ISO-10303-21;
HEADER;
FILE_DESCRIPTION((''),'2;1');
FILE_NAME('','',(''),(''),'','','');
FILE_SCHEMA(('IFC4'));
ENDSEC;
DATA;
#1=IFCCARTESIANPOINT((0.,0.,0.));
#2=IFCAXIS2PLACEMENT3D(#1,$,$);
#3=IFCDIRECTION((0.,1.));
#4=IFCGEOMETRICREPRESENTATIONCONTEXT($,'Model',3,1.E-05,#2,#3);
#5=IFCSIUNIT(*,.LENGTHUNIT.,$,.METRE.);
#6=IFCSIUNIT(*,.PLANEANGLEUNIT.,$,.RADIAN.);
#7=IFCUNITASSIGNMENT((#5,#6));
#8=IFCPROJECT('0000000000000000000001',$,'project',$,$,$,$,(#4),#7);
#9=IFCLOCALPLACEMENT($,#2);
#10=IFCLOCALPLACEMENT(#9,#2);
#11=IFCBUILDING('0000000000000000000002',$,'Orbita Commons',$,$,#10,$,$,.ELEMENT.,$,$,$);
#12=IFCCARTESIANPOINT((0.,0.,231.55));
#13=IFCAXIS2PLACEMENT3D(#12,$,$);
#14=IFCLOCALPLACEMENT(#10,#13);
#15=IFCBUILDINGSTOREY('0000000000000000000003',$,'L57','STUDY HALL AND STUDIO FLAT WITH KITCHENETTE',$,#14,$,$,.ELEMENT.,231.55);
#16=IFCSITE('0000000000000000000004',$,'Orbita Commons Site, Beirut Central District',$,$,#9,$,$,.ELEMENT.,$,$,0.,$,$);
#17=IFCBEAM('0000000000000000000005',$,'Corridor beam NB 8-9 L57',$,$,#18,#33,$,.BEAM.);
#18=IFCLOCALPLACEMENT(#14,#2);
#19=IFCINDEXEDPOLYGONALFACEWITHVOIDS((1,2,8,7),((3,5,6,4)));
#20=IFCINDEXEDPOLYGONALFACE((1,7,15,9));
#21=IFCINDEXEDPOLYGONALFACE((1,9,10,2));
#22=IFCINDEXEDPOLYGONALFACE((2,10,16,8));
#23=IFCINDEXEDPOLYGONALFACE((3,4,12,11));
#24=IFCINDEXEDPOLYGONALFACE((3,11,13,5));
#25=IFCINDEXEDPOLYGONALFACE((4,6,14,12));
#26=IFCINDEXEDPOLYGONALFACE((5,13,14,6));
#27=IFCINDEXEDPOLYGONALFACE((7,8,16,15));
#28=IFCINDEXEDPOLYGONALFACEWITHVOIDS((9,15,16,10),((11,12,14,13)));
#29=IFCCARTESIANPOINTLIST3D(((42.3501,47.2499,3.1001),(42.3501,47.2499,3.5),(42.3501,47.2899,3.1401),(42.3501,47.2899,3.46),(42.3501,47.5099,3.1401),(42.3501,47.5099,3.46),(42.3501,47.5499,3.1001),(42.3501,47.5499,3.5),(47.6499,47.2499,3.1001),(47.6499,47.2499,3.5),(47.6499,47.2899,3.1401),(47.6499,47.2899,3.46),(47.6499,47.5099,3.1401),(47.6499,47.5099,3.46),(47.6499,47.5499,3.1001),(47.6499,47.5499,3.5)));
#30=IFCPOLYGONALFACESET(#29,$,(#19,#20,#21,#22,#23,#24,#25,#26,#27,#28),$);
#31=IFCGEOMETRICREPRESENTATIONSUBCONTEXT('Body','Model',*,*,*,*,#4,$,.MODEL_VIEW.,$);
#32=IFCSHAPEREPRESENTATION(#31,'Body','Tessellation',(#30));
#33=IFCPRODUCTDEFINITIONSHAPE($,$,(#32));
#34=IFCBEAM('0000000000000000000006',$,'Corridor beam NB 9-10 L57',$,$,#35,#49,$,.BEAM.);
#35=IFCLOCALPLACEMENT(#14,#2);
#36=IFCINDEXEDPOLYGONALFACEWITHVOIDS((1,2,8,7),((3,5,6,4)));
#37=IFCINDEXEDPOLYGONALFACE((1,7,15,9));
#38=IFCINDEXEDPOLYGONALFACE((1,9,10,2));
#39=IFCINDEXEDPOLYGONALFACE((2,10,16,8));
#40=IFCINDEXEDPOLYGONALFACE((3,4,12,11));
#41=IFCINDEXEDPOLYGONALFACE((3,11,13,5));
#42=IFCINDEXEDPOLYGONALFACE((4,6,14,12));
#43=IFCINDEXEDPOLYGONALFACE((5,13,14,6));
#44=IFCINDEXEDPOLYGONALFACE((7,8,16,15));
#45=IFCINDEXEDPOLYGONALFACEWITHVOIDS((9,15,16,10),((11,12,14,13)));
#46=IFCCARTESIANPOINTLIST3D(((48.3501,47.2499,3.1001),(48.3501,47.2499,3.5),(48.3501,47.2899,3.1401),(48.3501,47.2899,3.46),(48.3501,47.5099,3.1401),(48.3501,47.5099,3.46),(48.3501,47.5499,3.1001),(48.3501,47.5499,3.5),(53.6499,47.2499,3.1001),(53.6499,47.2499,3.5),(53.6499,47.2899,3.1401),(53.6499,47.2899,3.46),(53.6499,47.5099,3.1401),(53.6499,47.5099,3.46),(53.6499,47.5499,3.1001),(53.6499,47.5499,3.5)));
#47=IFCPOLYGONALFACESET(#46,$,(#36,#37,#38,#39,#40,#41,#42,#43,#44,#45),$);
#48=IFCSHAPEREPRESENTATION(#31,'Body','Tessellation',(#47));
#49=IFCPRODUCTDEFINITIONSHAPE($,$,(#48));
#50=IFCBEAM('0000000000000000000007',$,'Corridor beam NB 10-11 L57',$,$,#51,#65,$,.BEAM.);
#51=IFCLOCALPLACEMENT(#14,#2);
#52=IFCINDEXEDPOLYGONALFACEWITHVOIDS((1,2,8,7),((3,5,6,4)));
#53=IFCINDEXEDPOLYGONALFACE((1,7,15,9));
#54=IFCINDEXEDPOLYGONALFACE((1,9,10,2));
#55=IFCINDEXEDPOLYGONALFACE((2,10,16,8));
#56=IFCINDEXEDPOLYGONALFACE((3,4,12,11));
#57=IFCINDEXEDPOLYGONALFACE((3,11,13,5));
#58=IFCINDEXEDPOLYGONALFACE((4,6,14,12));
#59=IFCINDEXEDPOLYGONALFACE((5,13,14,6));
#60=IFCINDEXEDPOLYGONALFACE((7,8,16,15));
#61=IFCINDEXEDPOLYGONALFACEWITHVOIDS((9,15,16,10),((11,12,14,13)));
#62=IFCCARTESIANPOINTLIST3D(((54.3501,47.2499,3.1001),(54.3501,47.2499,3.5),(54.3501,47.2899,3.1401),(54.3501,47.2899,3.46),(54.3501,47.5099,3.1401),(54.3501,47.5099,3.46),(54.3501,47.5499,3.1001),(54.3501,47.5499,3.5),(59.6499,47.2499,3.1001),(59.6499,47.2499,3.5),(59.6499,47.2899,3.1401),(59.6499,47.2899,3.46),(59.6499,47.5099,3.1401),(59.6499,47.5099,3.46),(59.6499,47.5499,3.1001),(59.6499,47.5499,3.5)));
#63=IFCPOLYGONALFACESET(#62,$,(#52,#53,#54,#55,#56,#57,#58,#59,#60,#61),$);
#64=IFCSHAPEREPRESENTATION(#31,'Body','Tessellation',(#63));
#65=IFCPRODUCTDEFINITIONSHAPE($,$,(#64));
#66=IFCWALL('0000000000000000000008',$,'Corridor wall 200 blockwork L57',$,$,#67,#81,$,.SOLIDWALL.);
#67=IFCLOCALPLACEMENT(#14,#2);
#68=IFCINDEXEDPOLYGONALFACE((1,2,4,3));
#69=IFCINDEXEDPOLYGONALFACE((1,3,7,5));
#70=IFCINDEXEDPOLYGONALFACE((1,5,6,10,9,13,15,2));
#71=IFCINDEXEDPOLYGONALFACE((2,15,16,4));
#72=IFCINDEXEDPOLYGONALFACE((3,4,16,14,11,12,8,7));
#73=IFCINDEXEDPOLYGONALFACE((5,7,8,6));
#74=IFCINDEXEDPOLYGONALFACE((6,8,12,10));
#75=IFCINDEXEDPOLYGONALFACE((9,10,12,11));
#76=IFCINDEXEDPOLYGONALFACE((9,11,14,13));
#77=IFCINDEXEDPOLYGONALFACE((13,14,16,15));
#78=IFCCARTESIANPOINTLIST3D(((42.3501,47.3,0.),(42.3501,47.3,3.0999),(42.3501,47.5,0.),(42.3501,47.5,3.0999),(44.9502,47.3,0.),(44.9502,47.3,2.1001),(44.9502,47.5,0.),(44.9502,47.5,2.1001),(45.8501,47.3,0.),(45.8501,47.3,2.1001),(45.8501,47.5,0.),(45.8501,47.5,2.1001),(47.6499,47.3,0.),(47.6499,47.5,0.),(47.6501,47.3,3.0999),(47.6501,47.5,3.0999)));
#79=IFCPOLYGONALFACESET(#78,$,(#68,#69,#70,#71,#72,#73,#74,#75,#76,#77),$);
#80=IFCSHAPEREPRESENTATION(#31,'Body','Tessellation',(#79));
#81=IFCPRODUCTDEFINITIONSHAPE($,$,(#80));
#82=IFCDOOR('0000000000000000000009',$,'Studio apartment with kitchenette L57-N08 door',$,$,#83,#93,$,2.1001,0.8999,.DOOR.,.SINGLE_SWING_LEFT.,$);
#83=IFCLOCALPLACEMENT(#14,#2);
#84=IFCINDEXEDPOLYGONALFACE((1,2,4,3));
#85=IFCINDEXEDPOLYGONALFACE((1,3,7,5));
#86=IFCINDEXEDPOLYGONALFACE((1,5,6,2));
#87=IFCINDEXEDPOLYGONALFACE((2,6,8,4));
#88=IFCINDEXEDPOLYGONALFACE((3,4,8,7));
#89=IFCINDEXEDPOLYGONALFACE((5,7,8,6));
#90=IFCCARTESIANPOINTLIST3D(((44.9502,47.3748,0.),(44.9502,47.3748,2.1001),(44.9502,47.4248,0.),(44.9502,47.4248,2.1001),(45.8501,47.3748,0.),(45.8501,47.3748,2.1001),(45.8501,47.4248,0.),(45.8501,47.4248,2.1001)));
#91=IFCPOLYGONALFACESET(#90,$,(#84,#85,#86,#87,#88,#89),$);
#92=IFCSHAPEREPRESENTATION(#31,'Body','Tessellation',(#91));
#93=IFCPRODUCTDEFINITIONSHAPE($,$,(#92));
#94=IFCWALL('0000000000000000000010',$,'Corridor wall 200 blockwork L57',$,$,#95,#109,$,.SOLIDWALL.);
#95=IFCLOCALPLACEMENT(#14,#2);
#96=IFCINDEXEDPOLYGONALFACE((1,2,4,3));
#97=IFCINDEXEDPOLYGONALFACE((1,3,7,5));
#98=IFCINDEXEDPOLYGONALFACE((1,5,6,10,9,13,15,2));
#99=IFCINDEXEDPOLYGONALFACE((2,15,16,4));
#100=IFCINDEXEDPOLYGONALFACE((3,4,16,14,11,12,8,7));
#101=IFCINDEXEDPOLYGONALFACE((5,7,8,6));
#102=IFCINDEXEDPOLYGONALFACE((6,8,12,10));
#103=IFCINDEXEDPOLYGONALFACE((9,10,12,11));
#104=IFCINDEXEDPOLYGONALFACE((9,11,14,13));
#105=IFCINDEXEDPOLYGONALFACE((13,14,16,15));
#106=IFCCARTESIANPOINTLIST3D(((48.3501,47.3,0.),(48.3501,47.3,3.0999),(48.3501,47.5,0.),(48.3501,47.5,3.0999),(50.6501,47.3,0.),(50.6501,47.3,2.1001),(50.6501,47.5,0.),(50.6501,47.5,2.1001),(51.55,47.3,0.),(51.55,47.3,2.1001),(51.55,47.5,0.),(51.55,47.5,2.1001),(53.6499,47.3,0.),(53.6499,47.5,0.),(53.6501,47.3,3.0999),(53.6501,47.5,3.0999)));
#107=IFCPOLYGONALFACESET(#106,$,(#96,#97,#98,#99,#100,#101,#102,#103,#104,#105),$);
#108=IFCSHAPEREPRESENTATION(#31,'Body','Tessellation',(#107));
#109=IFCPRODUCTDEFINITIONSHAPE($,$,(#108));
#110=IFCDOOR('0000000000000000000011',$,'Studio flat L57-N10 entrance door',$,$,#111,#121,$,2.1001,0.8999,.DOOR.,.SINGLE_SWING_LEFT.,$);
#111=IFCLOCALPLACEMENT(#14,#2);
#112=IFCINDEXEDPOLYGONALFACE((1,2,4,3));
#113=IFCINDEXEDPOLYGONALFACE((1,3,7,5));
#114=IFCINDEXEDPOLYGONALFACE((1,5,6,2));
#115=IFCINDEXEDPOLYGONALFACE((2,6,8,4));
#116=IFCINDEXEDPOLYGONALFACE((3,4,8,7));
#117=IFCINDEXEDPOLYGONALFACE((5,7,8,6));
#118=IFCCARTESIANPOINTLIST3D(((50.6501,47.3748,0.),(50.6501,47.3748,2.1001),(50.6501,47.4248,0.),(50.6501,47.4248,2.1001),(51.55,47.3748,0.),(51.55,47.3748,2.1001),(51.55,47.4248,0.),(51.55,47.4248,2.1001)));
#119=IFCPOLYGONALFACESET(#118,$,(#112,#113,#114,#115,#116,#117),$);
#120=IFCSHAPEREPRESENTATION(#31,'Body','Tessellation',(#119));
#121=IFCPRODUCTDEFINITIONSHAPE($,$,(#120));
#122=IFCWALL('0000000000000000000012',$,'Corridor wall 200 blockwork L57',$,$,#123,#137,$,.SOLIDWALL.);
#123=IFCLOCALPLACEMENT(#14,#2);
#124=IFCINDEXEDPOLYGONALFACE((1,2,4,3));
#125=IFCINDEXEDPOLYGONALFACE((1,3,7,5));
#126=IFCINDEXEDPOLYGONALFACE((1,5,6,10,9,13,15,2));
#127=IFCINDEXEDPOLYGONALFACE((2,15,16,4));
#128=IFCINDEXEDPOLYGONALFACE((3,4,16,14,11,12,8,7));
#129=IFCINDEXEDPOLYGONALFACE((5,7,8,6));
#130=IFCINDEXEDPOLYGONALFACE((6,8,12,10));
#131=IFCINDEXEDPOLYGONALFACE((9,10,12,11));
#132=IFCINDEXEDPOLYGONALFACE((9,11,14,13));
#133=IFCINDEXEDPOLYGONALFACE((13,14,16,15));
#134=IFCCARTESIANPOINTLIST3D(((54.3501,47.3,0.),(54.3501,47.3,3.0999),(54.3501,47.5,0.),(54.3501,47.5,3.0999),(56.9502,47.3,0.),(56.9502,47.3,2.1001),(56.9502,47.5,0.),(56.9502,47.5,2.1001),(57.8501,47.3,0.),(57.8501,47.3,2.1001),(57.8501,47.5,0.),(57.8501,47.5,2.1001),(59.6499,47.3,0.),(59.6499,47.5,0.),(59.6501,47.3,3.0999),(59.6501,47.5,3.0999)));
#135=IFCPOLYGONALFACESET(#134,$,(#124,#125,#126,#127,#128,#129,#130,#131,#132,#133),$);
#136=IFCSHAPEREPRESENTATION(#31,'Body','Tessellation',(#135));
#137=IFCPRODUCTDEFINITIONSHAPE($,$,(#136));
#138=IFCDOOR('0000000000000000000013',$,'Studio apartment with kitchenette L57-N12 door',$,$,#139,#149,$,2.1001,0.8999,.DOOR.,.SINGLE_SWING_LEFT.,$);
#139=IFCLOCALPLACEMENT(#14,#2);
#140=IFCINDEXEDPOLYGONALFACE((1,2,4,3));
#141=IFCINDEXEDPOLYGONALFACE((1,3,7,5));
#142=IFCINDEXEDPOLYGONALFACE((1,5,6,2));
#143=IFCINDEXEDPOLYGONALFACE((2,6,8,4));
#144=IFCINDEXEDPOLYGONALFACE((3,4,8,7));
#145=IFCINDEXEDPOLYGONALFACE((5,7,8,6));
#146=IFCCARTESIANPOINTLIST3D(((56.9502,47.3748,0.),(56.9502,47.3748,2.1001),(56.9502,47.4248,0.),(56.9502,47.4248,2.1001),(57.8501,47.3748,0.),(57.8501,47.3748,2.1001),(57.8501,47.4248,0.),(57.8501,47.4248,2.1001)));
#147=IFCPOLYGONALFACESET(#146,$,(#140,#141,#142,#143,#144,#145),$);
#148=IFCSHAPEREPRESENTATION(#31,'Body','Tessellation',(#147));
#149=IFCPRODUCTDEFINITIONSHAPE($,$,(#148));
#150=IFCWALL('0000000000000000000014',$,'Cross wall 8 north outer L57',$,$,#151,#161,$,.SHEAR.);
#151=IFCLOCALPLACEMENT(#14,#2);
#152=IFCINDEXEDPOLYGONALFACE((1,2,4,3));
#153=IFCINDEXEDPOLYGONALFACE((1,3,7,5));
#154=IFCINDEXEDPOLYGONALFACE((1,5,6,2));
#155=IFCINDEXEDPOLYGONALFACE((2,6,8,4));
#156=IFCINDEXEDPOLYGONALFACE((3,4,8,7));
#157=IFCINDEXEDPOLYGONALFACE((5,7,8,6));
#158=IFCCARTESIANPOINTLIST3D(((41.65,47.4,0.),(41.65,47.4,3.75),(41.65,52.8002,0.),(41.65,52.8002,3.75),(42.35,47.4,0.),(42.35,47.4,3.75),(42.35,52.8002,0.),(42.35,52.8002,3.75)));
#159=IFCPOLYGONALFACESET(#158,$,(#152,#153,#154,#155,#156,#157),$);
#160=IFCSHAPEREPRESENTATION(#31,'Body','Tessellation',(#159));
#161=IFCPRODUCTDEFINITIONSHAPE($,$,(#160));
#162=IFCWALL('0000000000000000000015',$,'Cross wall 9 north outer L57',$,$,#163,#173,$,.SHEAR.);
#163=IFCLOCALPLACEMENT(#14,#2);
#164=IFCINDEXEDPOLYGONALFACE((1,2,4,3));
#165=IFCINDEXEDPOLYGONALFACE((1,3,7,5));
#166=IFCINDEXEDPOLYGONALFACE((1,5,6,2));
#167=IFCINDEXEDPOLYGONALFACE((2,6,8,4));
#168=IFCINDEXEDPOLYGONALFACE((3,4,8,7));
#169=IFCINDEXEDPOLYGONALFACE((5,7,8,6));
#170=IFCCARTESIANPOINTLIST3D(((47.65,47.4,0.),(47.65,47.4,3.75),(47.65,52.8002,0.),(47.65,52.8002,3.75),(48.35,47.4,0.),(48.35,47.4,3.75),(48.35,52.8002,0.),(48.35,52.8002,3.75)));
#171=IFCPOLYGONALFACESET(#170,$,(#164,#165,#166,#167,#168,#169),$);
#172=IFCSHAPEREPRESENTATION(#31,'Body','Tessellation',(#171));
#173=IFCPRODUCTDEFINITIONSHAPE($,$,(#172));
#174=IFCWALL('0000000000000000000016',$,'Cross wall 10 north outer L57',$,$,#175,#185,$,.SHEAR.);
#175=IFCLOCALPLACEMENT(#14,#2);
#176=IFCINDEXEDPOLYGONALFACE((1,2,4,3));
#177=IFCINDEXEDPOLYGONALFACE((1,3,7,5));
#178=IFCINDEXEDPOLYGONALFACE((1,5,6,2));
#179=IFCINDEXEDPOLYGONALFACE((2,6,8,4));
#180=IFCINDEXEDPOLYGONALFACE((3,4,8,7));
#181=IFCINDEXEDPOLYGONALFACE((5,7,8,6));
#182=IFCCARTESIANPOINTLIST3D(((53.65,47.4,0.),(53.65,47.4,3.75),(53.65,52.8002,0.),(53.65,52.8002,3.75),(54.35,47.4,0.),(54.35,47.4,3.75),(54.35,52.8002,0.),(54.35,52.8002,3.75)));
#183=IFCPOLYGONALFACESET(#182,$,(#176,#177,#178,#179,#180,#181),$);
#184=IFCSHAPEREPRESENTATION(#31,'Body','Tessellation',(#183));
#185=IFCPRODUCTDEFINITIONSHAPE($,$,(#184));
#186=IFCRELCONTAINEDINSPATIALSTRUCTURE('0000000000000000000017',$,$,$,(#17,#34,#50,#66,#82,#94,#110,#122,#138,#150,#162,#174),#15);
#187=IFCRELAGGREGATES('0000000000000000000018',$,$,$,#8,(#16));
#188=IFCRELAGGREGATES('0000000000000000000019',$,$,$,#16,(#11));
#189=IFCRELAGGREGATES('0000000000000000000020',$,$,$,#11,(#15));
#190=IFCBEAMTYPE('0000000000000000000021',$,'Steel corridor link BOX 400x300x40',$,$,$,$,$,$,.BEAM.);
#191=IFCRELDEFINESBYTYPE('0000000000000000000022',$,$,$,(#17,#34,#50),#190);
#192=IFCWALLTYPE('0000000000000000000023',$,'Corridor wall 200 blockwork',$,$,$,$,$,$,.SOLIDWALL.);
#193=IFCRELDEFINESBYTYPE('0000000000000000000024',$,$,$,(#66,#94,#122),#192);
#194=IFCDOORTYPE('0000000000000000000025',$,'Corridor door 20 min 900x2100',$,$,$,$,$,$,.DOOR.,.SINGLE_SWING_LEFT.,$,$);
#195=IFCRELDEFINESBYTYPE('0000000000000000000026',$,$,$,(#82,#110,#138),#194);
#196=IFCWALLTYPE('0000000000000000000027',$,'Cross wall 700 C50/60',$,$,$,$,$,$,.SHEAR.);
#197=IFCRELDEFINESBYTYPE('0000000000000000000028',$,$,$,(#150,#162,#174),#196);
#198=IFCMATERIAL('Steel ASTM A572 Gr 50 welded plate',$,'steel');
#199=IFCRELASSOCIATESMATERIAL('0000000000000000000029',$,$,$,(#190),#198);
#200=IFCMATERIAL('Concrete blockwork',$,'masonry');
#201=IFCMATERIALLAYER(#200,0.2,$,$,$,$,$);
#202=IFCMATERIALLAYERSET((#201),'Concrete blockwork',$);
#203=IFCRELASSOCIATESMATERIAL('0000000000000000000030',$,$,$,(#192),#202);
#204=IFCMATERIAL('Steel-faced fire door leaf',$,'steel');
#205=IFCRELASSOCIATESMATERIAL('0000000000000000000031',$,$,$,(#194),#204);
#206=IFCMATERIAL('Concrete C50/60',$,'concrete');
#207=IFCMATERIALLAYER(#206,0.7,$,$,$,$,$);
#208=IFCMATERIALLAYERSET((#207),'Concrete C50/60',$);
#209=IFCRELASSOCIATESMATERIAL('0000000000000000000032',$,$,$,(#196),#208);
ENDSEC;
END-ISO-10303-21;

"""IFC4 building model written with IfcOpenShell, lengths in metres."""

from ifc_helpers import new_model, si_unit, direction, frame, frame_2d, origin, origin_2d, place, context, subcontext, project, spatial, polyline, rectangle, hollow_rectangle, outline, extrude, material, layer, layer_set, material_profile, profile_set, type_object, element, fill, save


model = new_model("IFC4")

# Units and contexts
model_context = context("Model", 3, precision=1e-05, world=origin(), true_north=direction((0.0, 1.0)))
body_context = subcontext(model_context, "Body", "Model", "MODEL_VIEW")
ifc_project = project(units=[si_unit("LENGTHUNIT", "METRE"), si_unit("PLANEANGLEUNIT", "RADIAN")], contexts=[model_context])

# Site, building, storey
site_placement = place(None, origin())
site = spatial("IfcSite", under=ifc_project, at=site_placement, Name="Orbita Commons Site, Beirut Central District", CompositionType="ELEMENT", RefElevation=0.0)
building_placement = place(site_placement, origin())
building = spatial("IfcBuilding", under=site, at=building_placement, Name="Orbita Commons", CompositionType="ELEMENT")
storey_placement = place(building_placement, frame((0.0, 0.0, 231.55)))
storey = spatial("IfcBuildingStorey", under=building, at=storey_placement, Name="L57", Description="STUDY HALL AND STUDIO FLAT WITH KITCHENETTE", CompositionType="ELEMENT", Elevation=231.55)

# Beams
ifc_material_1 = material(Name="Steel ASTM A572 Gr 50 welded plate", Category="steel")
ifc_material_profile = material_profile(ifc_material_1, hollow_rectangle(XDim=0.3, YDim=0.3999, WallThickness=0.04, at=origin_2d()), Name="BOX 400x300x40")
ifc_profile_set = profile_set([ifc_material_profile], Name="Steel ASTM A572 Gr 50 welded plate")
beam_type = type_object("IfcBeamType", Name="Steel corridor link BOX 400x300x40", PredefinedType="BEAM", material=ifc_profile_set)
for number, where, z_axis, x_axis, name in (
    (1, (42.3501, 47.3999, 3.3), (1.0, 0.0, 0.0), (0.0, 1.0, 0.0), "Corridor beam NB 8-9 L57"),
    (2, (48.3501, 47.3999, 3.3), (1.0, 0.0, 0.0), (0.0, 1.0, 0.0), "Corridor beam NB 9-10 L57"),
    (3, (54.3501, 47.3999, 3.3), (1.0, 0.0, 0.0), (0.0, 1.0, 0.0), "Corridor beam NB 10-11 L57"),
):
    element("IfcBeam", number, at=place(storey_placement, frame(where, z_axis=z_axis, x_axis=x_axis)), inside=storey, type_object=beam_type, Name=name, PredefinedType="BEAM", context=body_context, shape_type="SweptSolid", body=[
        extrude(hollow_rectangle(XDim=0.3, YDim=0.3999, WallThickness=0.04, at=origin_2d()), origin(), (0.0, 0.0, 1.0), 5.2998),
    ])

# Walls, openings, doors
ifc_material_2 = material(Name="Concrete blockwork", Category="masonry")
ifc_layer_1 = layer(ifc_material_2, 0.2)
ifc_layer_set_1 = layer_set([ifc_layer_1], Name="Concrete blockwork")
wall_type_1 = type_object("IfcWallType", Name="Corridor wall 200 blockwork", PredefinedType="SOLIDWALL", material=ifc_layer_set_1)
wall_1_placement = place(storey_placement, frame((42.3501, 47.3999, 0.0), z_axis=(0.0, 0.0, 1.0), x_axis=(1.0, 0.0, 0.0)))
wall_1 = element("IfcWall", 4, at=wall_1_placement, inside=storey, type_object=wall_type_1, Name="Corridor wall 200 blockwork L57", PredefinedType="SOLIDWALL", context=body_context, shape_type="SweptSolid", body=[
    extrude(outline(polyline([(0.0, 0.0), (5.2998, 0.0), (5.3, 3.0999), (0.0, 3.0999), (0.0, 0.0)])), frame((0.0, 0.1001, 0.0), z_axis=(0.0, -1.0, 0.0), x_axis=(1.0, 0.0, 0.0)), (0.0, 0.0, 1.0), 0.2),
])
opening_1_placement = place(wall_1_placement, frame((2.6001, 0.0, 0.0)))
opening_1 = element("IfcOpeningElement", 5, at=opening_1_placement, cuts=wall_1, PredefinedType="OPENING", context=body_context, shape_type="SweptSolid", body=[
    extrude(rectangle(XDim=0.8999, YDim=2.1001, at=frame_2d((0.45, 1.05))), frame((0.0, 0.1099, 0.0), z_axis=(0.0, -1.0, 0.0), x_axis=(1.0, 0.0, 0.0)), (0.0, 0.0, 1.0), 0.22),
])
ifc_material_3 = material(Name="Steel-faced fire door leaf", Category="steel")
door_type_1 = type_object("IfcDoorType", Name="Corridor door 20 min 900x2100", OperationType="SINGLE_SWING_LEFT", PredefinedType="DOOR", material=ifc_material_3)
door_1_placement = place(opening_1_placement, origin())
door_1 = element("IfcDoor", 6, at=door_1_placement, inside=storey, type_object=door_type_1, Name="Studio apartment with kitchenette L57-N08 door", OperationType="SINGLE_SWING_LEFT", OverallHeight=2.1001, OverallWidth=0.8999, PredefinedType="DOOR", context=body_context, shape_type="SweptSolid", body=[
    extrude(rectangle(XDim=0.8999, YDim=2.1001, at=frame_2d((0.45, 1.05))), frame((0.0, 0.0249, 0.0), z_axis=(0.0, -1.0, 0.0), x_axis=(1.0, 0.0, 0.0)), (0.0, 0.0, 1.0), 0.05),
])
fill(opening_1, door_1)
wall_2_placement = place(storey_placement, frame((48.3501, 47.3999, 0.0), z_axis=(0.0, 0.0, 1.0), x_axis=(1.0, 0.0, 0.0)))
wall_2 = element("IfcWall", 7, at=wall_2_placement, inside=storey, type_object=wall_type_1, Name="Corridor wall 200 blockwork L57", PredefinedType="SOLIDWALL", context=body_context, shape_type="SweptSolid", body=[
    extrude(outline(polyline([(0.0, 0.0), (5.2998, 0.0), (5.3, 3.0999), (0.0, 3.0999), (0.0, 0.0)])), frame((0.0, 0.1001, 0.0), z_axis=(0.0, -1.0, 0.0), x_axis=(1.0, 0.0, 0.0)), (0.0, 0.0, 1.0), 0.2),
])
opening_2_placement = place(wall_2_placement, frame((2.3, 0.0, 0.0)))
opening_2 = element("IfcOpeningElement", 8, at=opening_2_placement, cuts=wall_2, PredefinedType="OPENING", context=body_context, shape_type="SweptSolid", body=[
    extrude(rectangle(XDim=0.8999, YDim=2.1001, at=frame_2d((0.45, 1.05))), frame((0.0, 0.1099, 0.0), z_axis=(0.0, -1.0, 0.0), x_axis=(1.0, 0.0, 0.0)), (0.0, 0.0, 1.0), 0.22),
])
door_2_placement = place(opening_2_placement, origin())
door_2 = element("IfcDoor", 9, at=door_2_placement, inside=storey, type_object=door_type_1, Name="Studio flat L57-N10 entrance door", OperationType="SINGLE_SWING_LEFT", OverallHeight=2.1001, OverallWidth=0.8999, PredefinedType="DOOR", context=body_context, shape_type="SweptSolid", body=[
    extrude(rectangle(XDim=0.8999, YDim=2.1001, at=frame_2d((0.45, 1.05))), frame((0.0, 0.0249, 0.0), z_axis=(0.0, -1.0, 0.0), x_axis=(1.0, 0.0, 0.0)), (0.0, 0.0, 1.0), 0.05),
])
fill(opening_2, door_2)
wall_3_placement = place(storey_placement, frame((54.3501, 47.3999, 0.0), z_axis=(0.0, 0.0, 1.0), x_axis=(1.0, 0.0, 0.0)))
wall_3 = element("IfcWall", 10, at=wall_3_placement, inside=storey, type_object=wall_type_1, Name="Corridor wall 200 blockwork L57", PredefinedType="SOLIDWALL", context=body_context, shape_type="SweptSolid", body=[
    extrude(outline(polyline([(0.0, 0.0), (5.2998, 0.0), (5.3, 3.0999), (0.0, 3.0999), (0.0, 0.0)])), frame((0.0, 0.1001, 0.0), z_axis=(0.0, -1.0, 0.0), x_axis=(1.0, 0.0, 0.0)), (0.0, 0.0, 1.0), 0.2),
])
opening_3_placement = place(wall_3_placement, frame((2.6001, 0.0, 0.0)))
opening_3 = element("IfcOpeningElement", 11, at=opening_3_placement, cuts=wall_3, PredefinedType="OPENING", context=body_context, shape_type="SweptSolid", body=[
    extrude(rectangle(XDim=0.8999, YDim=2.1001, at=frame_2d((0.45, 1.05))), frame((0.0, 0.1099, 0.0), z_axis=(0.0, -1.0, 0.0), x_axis=(1.0, 0.0, 0.0)), (0.0, 0.0, 1.0), 0.22),
])
door_3_placement = place(opening_3_placement, origin())
door_3 = element("IfcDoor", 12, at=door_3_placement, inside=storey, type_object=door_type_1, Name="Studio apartment with kitchenette L57-N12 door", OperationType="SINGLE_SWING_LEFT", OverallHeight=2.1001, OverallWidth=0.8999, PredefinedType="DOOR", context=body_context, shape_type="SweptSolid", body=[
    extrude(rectangle(XDim=0.8999, YDim=2.1001, at=frame_2d((0.45, 1.05))), frame((0.0, 0.0249, 0.0), z_axis=(0.0, -1.0, 0.0), x_axis=(1.0, 0.0, 0.0)), (0.0, 0.0, 1.0), 0.05),
])
fill(opening_3, door_3)

# Walls
ifc_material_4 = material(Name="Concrete C50/60", Category="concrete")
ifc_layer_2 = layer(ifc_material_4, 0.7)
ifc_layer_set_2 = layer_set([ifc_layer_2], Name="Concrete C50/60")
wall_type_2 = type_object("IfcWallType", Name="Cross wall 700 C50/60", PredefinedType="SHEAR", material=ifc_layer_set_2)
for number, where, z_axis, x_axis, name in (
    (13, (42.0, 47.3999, 0.0), (0.0, 0.0, 1.0), (0.0, 1.0, 0.0), "Cross wall 8 north outer L57"),
    (14, (48.0, 47.3999, 0.0), (0.0, 0.0, 1.0), (0.0, 1.0, 0.0), "Cross wall 9 north outer L57"),
    (15, (54.0, 47.3999, 0.0), (0.0, 0.0, 1.0), (0.0, 1.0, 0.0), "Cross wall 10 north outer L57"),
):
    element("IfcWall", number, at=place(storey_placement, frame(where, z_axis=z_axis, x_axis=x_axis)), inside=storey, type_object=wall_type_2, Name=name, PredefinedType="SHEAR", context=body_context, shape_type="SweptSolid", body=[
        extrude(rectangle(XDim=5.4001, YDim=0.7, at=frame_2d((2.7002, 0.0))), origin(), (0.0, 0.0, 1.0), 3.75),
    ])

save(model, "model.ifc")
